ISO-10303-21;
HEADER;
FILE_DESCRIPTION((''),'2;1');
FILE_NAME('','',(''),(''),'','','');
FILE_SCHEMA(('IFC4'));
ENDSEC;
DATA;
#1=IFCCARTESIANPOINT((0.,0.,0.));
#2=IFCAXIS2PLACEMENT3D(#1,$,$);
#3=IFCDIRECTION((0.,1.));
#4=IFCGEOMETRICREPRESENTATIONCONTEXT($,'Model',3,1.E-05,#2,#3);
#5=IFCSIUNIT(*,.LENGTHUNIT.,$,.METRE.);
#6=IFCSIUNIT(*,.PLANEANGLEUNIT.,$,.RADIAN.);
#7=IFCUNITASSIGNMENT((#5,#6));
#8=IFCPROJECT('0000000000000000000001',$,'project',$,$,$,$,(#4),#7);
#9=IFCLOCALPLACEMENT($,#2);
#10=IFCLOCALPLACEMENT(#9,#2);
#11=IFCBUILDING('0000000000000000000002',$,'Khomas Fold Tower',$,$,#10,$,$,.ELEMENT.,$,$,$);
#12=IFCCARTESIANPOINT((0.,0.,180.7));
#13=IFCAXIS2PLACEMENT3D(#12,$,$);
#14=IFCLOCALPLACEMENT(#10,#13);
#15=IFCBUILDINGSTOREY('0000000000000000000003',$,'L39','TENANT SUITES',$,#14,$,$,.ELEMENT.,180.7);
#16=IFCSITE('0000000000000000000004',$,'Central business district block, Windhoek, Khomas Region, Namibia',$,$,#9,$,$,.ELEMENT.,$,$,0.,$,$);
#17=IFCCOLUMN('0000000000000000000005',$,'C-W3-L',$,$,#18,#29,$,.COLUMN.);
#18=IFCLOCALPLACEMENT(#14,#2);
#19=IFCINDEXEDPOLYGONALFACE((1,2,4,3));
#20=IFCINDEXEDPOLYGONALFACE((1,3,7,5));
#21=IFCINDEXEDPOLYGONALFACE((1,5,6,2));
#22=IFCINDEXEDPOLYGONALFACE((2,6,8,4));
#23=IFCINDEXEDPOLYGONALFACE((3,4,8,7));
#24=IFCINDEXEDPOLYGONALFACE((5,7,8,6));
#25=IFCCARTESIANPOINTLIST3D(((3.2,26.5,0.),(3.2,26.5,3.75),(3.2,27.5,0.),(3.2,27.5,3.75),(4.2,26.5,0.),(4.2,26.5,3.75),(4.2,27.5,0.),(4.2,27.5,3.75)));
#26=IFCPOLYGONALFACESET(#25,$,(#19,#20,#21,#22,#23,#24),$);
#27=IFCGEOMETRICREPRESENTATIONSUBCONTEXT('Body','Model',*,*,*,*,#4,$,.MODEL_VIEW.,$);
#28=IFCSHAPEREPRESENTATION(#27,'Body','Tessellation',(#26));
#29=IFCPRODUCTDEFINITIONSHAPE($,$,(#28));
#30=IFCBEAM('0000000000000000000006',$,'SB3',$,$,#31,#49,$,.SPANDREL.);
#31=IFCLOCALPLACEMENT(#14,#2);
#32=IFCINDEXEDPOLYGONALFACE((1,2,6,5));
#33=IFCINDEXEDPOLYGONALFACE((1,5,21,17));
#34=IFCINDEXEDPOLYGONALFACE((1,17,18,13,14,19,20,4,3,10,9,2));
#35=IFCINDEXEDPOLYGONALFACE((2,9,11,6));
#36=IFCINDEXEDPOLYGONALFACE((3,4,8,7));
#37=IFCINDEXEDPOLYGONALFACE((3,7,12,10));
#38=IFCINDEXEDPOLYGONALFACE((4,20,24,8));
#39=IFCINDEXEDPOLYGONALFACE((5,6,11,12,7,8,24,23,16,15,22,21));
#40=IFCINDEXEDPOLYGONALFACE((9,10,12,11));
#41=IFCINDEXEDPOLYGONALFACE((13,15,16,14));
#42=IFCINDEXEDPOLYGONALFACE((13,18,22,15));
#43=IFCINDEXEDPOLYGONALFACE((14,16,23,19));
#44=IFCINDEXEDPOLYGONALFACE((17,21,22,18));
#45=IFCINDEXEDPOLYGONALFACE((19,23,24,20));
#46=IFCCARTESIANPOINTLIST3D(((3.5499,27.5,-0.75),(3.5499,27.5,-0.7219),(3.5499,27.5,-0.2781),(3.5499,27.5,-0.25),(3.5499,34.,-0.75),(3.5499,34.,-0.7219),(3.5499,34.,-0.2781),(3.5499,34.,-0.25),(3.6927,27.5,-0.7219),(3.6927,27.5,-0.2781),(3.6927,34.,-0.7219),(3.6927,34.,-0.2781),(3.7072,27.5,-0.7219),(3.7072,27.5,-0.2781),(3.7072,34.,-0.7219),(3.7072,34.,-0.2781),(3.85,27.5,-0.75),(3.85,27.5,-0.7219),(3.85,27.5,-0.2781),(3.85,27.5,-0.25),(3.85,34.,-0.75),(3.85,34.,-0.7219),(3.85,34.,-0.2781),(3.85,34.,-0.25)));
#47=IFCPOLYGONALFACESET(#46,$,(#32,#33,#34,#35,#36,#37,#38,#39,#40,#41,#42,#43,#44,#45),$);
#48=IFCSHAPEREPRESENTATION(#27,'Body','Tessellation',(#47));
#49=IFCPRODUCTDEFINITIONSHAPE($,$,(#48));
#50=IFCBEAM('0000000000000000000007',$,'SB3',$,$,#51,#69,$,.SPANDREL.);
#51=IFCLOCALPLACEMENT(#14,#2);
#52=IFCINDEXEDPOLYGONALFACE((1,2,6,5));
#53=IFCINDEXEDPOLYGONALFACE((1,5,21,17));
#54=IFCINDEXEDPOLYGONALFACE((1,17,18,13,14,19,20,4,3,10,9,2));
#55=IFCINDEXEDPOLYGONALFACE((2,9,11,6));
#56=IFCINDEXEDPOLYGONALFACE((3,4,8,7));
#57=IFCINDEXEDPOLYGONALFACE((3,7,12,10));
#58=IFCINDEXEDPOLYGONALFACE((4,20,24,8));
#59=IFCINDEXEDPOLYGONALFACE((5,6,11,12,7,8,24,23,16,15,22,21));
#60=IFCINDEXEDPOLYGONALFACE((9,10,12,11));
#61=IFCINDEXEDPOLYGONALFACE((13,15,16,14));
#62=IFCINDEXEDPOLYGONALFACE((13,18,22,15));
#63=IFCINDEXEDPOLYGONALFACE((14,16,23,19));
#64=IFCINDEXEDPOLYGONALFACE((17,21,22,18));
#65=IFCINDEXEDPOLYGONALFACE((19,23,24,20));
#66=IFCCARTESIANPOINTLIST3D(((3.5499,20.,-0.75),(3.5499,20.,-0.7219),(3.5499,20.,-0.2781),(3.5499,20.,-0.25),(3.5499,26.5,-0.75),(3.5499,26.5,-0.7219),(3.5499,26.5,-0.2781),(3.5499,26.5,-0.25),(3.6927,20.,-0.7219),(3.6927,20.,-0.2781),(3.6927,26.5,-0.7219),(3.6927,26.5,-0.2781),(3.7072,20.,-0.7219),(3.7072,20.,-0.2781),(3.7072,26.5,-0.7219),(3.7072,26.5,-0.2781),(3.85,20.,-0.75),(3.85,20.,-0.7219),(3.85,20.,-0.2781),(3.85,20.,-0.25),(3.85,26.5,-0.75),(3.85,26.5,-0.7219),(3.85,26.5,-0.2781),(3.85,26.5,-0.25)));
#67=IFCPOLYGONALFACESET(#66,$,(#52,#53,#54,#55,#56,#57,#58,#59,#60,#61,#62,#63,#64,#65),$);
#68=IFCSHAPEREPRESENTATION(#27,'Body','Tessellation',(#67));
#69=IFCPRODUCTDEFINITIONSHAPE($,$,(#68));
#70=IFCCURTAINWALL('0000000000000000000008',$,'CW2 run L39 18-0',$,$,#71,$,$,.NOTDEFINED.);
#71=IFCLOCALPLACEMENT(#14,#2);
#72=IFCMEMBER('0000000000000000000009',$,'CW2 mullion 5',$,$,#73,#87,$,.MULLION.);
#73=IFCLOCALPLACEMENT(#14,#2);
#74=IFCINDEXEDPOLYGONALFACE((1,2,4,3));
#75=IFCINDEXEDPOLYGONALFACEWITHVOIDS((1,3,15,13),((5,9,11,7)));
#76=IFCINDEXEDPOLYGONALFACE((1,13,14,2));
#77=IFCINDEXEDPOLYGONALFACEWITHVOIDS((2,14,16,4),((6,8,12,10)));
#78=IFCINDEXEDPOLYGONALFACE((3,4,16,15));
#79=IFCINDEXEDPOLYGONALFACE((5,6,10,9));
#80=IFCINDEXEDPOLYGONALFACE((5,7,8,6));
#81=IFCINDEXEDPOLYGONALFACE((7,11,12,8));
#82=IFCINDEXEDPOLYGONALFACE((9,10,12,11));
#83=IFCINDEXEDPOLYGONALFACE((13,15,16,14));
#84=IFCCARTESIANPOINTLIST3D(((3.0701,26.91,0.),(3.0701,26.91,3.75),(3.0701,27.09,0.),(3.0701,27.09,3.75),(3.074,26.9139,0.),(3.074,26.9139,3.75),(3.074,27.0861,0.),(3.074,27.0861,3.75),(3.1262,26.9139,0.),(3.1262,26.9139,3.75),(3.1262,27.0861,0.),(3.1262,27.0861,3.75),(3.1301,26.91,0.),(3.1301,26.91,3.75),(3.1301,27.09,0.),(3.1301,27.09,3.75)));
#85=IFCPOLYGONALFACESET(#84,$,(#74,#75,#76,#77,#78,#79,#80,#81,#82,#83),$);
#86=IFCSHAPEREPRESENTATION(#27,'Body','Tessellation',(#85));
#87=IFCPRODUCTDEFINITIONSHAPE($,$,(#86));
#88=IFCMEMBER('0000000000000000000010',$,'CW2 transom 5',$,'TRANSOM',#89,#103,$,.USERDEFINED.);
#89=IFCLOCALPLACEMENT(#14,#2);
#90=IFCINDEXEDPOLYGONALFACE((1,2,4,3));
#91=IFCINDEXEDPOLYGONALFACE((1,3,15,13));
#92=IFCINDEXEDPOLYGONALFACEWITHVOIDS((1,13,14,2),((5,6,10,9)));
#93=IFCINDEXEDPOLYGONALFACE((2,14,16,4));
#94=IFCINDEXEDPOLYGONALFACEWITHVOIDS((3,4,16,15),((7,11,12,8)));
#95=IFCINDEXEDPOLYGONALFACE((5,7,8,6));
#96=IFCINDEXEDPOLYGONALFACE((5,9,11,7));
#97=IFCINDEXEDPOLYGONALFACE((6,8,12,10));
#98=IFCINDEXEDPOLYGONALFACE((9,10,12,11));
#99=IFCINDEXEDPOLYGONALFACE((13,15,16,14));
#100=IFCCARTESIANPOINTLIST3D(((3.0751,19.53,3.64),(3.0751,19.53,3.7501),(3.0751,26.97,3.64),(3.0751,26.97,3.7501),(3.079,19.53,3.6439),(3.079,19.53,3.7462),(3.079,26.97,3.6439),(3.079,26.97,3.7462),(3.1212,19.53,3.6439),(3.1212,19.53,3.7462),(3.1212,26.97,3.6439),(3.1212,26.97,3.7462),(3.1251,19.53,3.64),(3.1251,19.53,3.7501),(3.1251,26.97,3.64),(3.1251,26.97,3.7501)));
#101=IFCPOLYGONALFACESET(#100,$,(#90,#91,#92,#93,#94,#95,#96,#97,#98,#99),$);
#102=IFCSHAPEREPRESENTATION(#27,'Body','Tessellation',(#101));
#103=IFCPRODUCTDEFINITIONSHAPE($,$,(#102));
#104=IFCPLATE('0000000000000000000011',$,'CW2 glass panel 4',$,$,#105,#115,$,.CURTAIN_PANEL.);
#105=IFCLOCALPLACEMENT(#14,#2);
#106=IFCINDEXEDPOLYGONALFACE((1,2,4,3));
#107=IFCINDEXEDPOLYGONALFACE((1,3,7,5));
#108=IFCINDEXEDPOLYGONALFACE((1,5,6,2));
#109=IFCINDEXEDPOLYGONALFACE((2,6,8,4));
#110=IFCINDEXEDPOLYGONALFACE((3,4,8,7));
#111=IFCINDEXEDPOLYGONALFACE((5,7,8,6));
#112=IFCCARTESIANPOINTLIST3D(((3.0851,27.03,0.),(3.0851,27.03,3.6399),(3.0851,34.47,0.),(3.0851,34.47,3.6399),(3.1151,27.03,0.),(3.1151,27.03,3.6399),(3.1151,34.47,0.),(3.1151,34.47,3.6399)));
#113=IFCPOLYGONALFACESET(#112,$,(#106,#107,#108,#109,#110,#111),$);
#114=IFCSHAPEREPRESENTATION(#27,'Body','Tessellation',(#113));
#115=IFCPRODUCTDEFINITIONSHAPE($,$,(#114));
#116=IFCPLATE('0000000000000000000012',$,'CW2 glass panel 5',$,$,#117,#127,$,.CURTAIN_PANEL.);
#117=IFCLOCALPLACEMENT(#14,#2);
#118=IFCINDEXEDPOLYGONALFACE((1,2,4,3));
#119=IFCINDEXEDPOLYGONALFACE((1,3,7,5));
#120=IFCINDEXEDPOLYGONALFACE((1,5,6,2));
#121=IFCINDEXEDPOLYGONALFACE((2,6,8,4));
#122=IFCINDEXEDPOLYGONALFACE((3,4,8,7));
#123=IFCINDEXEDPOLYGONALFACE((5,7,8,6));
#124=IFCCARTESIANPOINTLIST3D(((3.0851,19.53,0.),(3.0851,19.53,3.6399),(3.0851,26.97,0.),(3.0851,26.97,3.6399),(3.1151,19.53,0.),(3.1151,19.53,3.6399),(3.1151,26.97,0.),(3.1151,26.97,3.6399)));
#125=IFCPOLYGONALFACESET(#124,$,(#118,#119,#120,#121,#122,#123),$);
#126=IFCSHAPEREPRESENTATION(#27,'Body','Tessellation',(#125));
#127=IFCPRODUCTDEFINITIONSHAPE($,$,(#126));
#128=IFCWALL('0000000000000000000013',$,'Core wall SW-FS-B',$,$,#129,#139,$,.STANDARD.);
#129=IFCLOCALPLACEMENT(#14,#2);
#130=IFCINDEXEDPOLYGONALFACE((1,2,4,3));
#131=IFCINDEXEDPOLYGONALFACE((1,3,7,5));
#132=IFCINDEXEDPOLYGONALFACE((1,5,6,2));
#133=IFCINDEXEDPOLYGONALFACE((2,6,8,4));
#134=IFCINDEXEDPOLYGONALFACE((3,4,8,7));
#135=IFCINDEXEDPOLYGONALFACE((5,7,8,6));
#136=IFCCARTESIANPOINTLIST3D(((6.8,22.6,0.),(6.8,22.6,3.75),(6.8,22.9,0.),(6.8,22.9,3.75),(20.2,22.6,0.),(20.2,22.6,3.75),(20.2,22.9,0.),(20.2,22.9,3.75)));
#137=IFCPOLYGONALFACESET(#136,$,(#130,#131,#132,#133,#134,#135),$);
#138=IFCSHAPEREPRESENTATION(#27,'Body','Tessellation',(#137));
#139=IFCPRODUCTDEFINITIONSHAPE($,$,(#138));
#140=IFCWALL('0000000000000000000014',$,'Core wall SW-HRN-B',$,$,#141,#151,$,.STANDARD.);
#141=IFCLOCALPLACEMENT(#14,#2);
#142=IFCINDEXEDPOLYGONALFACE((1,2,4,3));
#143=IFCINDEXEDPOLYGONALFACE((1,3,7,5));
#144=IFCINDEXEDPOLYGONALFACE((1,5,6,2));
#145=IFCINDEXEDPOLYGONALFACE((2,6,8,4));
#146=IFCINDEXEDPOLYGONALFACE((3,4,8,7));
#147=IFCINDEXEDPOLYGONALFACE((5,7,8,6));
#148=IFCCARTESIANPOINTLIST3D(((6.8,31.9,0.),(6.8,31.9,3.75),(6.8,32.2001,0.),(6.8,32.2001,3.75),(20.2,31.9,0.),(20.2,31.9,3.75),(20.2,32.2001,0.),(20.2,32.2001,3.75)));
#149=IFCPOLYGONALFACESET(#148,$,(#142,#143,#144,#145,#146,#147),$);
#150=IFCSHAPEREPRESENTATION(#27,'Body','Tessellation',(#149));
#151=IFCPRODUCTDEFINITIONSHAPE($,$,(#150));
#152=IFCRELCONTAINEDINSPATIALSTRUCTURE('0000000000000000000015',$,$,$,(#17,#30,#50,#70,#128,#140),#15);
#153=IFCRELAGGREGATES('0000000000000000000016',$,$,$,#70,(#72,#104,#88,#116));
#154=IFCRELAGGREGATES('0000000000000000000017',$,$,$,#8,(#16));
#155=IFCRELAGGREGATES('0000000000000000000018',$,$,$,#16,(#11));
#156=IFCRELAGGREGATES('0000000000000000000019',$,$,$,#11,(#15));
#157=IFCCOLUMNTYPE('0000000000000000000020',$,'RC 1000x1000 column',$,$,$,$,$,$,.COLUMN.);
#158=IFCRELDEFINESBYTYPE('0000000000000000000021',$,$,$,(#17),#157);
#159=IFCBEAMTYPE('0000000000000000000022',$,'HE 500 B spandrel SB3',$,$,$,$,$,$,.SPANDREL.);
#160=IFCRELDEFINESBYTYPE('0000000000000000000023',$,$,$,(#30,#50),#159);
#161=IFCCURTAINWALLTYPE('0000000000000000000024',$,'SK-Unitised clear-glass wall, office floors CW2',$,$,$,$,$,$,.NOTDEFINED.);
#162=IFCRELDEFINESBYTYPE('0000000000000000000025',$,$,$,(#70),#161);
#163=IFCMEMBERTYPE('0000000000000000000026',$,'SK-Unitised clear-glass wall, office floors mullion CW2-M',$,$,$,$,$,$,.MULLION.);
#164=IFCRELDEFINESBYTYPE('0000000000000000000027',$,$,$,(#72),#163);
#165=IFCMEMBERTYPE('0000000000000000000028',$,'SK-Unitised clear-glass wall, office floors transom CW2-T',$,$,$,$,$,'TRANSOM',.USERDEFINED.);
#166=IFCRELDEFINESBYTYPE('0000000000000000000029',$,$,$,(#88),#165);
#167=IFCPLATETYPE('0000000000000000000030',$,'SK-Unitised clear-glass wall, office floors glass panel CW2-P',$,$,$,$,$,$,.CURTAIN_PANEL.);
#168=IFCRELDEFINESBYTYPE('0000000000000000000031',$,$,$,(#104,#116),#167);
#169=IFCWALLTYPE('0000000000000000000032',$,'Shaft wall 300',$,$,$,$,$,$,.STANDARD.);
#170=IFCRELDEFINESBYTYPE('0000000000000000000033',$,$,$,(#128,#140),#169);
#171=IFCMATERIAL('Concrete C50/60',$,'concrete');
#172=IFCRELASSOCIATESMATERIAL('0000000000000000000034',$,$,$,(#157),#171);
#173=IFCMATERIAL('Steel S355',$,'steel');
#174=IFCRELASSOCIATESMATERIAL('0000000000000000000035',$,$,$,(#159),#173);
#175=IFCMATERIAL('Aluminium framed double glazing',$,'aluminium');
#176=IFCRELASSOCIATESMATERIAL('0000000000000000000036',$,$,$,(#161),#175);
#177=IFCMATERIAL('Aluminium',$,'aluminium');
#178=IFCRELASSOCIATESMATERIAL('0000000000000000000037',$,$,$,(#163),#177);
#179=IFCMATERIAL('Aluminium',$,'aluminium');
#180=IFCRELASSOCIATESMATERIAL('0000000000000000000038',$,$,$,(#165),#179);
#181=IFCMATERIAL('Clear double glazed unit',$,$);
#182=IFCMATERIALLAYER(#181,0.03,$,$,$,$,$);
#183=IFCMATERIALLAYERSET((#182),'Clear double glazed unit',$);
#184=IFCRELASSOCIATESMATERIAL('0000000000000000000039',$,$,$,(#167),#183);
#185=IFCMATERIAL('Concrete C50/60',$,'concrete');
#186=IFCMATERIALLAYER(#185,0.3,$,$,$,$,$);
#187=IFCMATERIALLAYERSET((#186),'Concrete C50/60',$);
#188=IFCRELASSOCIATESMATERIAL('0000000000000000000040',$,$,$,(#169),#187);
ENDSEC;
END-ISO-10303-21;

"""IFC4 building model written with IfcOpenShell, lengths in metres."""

from ifc_helpers import new_model, si_unit, direction, frame, frame_2d, origin, origin_2d, place, context, subcontext, project, spatial, rectangle, hollow_rectangle, i_section, extrude, source, transform, mapped, material, layer, layer_set, material_profile, profile_set, type_object, element, aggregate, save


model = new_model("IFC4")

# Units and contexts
model_context = context("Model", 3, precision=1e-05, world=origin(), true_north=direction((0.0, 1.0)))
body_context = subcontext(model_context, "Body", "Model", "MODEL_VIEW")
ifc_project = project(units=[si_unit("LENGTHUNIT", "METRE"), si_unit("PLANEANGLEUNIT", "RADIAN")], contexts=[model_context])

# Site, building, storey
site_placement = place(None, origin())
site = spatial("IfcSite", under=ifc_project, at=site_placement, Name="Central business district block, Windhoek, Khomas Region, Namibia", CompositionType="ELEMENT", RefElevation=0.0)
building_placement = place(site_placement, origin())
building = spatial("IfcBuilding", under=site, at=building_placement, Name="Khomas Fold Tower", CompositionType="ELEMENT")
storey_placement = place(building_placement, frame((0.0, 0.0, 180.7)))
storey = spatial("IfcBuildingStorey", under=building, at=storey_placement, Name="L39", Description="TENANT SUITES", CompositionType="ELEMENT", Elevation=180.7)

# Column
ifc_material_1 = material(Name="Concrete C50/60", Category="concrete")
ifc_material_profile_1 = material_profile(ifc_material_1, rectangle(XDim=1.0, YDim=1.0, at=origin_2d()), Name="RC 1000x1000")
ifc_profile_set_1 = profile_set([ifc_material_profile_1], Name="Concrete C50/60")
column_type = type_object("IfcColumnType", Name="RC 1000x1000 column", PredefinedType="COLUMN", material=ifc_profile_set_1)
shared_shape_1 = source(origin(), body_context, "Body", "SweptSolid", [
    extrude(rectangle(XDim=1.0, YDim=1.0, at=origin_2d()), origin(), (0.0, 0.0, 1.0), 3.75),
])
column_placement = place(storey_placement, frame((3.7, 27.0, 0.0), z_axis=(0.0, 0.0, 1.0), x_axis=(1.0, 0.0, 0.0)))
element("IfcColumn", 1, at=column_placement, inside=storey, type_object=column_type, Name="C-W3-L", PredefinedType="COLUMN", context=body_context, shape_type="MappedRepresentation", body=[
    mapped(shared_shape_1, transform((0.0, 0.0, 0.0))),
])

# Beams
ifc_material_2 = material(Name="Steel S355", Category="steel")
ifc_material_profile_2 = material_profile(ifc_material_2, i_section(OverallWidth=0.3, OverallDepth=0.5, WebThickness=0.0144, FlangeThickness=0.0281, at=origin_2d()), Name="HE 500 B")
ifc_profile_set_2 = profile_set([ifc_material_profile_2], Name="Steel S355")
beam_type = type_object("IfcBeamType", Name="HE 500 B spandrel SB3", PredefinedType="SPANDREL", material=ifc_profile_set_2)
shared_shape_2 = source(origin(), body_context, "Body", "SweptSolid", [
    extrude(i_section(OverallWidth=0.3, OverallDepth=0.5, WebThickness=0.0144, FlangeThickness=0.0281, at=origin_2d()), origin(), (0.0, 0.0, 1.0), 6.5),
])
for number, where, z_axis, x_axis, name in (
    (2, (3.7, 27.5, -0.5), (0.0, 1.0, 0.0), (-1.0, 0.0, 0.0), "SB3"),
    (3, (3.7, 20.0, -0.5), (0.0, 1.0, 0.0), (-1.0, 0.0, 0.0), "SB3"),
):
    element("IfcBeam", number, at=place(storey_placement, frame(where, z_axis=z_axis, x_axis=x_axis)), inside=storey, type_object=beam_type, Name=name, PredefinedType="SPANDREL", context=body_context, shape_type="MappedRepresentation", body=[
        mapped(shared_shape_2, transform((0.0, 0.0, 0.0))),
    ])

# Curtain wall, members, plates
ifc_material_3 = material(Name="Aluminium framed double glazing", Category="aluminium")
curtain_wall_type = type_object("IfcCurtainWallType", Name="SK-Unitised clear-glass wall, office floors CW2", PredefinedType="NOTDEFINED", material=ifc_material_3)
curtain_wall_placement = place(storey_placement, origin())
curtain_wall = element("IfcCurtainWall", 4, at=curtain_wall_placement, inside=storey, type_object=curtain_wall_type, Name="CW2 run L39 18-0", PredefinedType="NOTDEFINED")
ifc_material_4 = material(Name="Aluminium", Category="aluminium")
ifc_material_profile_3 = material_profile(ifc_material_4, hollow_rectangle(XDim=0.0601, YDim=0.1799, WallThickness=0.0039, at=origin_2d()), Name="SK-Unitised clear-glass wall, office floors mullion CW2-M")
ifc_profile_set_3 = profile_set([ifc_material_profile_3], Name="Aluminium")
member_type_1 = type_object("IfcMemberType", Name="SK-Unitised clear-glass wall, office floors mullion CW2-M", PredefinedType="MULLION", material=ifc_profile_set_3)
shared_shape_3 = source(origin(), body_context, "Body", "SweptSolid", [
    extrude(hollow_rectangle(XDim=0.0601, YDim=0.1799, WallThickness=0.0039, at=origin_2d()), origin(), (0.0, 0.0, 1.0), 3.75),
])
member_1_placement = place(storey_placement, frame((3.1001, 27.0, 0.0), z_axis=(0.0, 0.0, 1.0), x_axis=(1.0, 0.0, 0.0)))
member_1 = element("IfcMember", 5, at=member_1_placement, type_object=member_type_1, Name="CW2 mullion 5", PredefinedType="MULLION", context=body_context, shape_type="MappedRepresentation", body=[
    mapped(shared_shape_3, transform((0.0, 0.0, 0.0))),
])
ifc_material_5 = material(Name="Aluminium", Category="aluminium")
ifc_material_profile_4 = material_profile(ifc_material_5, hollow_rectangle(XDim=0.05, YDim=0.1101, WallThickness=0.0039, at=origin_2d()), Name="SK-Unitised clear-glass wall, office floors transom CW2-T")
ifc_profile_set_4 = profile_set([ifc_material_profile_4], Name="Aluminium")
member_type_2 = type_object("IfcMemberType", Name="SK-Unitised clear-glass wall, office floors transom CW2-T", ElementType="TRANSOM", PredefinedType="USERDEFINED", material=ifc_profile_set_4)
shared_shape_4 = source(origin(), body_context, "Body", "SweptSolid", [
    extrude(hollow_rectangle(XDim=0.05, YDim=0.1101, WallThickness=0.0039, at=origin_2d()), origin(), (0.0, 0.0, 1.0), 7.4399),
])
member_2_placement = place(storey_placement, frame((3.1001, 26.97, 3.6951), z_axis=(0.0, -1.0, 0.0), x_axis=(1.0, 0.0, 0.0)))
member_2 = element("IfcMember", 6, at=member_2_placement, type_object=member_type_2, Name="CW2 transom 5", ObjectType="TRANSOM", PredefinedType="USERDEFINED", context=body_context, shape_type="MappedRepresentation", body=[
    mapped(shared_shape_4, transform((0.0, 0.0, 0.0))),
])
ifc_material_6 = material(Name="Clear double glazed unit")
ifc_layer_1 = layer(ifc_material_6, 0.03)
ifc_layer_set_1 = layer_set([ifc_layer_1], Name="Clear double glazed unit")
plate_type = type_object("IfcPlateType", Name="SK-Unitised clear-glass wall, office floors glass panel CW2-P", PredefinedType="CURTAIN_PANEL", material=ifc_layer_set_1)
shared_shape_5 = source(origin(), body_context, "Body", "SweptSolid", [
    extrude(rectangle(XDim=7.4399, YDim=0.03, at=origin_2d()), origin(), (0.0, 0.0, 1.0), 3.6399),
])
plate_1_placement = place(storey_placement, frame((3.1001, 30.75, 0.0), z_axis=(0.0, 0.0, 1.0), x_axis=(0.0, -1.0, 0.0)))
plate_1 = element("IfcPlate", 7, at=plate_1_placement, type_object=plate_type, Name="CW2 glass panel 4", PredefinedType="CURTAIN_PANEL", context=body_context, shape_type="MappedRepresentation", body=[
    mapped(shared_shape_5, transform((0.0, 0.0, 0.0))),
])
plate_2_placement = place(storey_placement, frame((3.1001, 23.25, 0.0), z_axis=(0.0, 0.0, 1.0), x_axis=(0.0, -1.0, 0.0)))
plate_2 = element("IfcPlate", 8, at=plate_2_placement, type_object=plate_type, Name="CW2 glass panel 5", PredefinedType="CURTAIN_PANEL", context=body_context, shape_type="MappedRepresentation", body=[
    mapped(shared_shape_5, transform((0.0, 0.0, 0.0))),
])
aggregate(curtain_wall, [member_1, plate_1, member_2, plate_2])

# Walls
ifc_material_7 = material(Name="Concrete C50/60", Category="concrete")
ifc_layer_2 = layer(ifc_material_7, 0.3)
ifc_layer_set_2 = layer_set([ifc_layer_2], Name="Concrete C50/60")
wall_type_1 = type_object("IfcWallType", Name="Shaft wall 300", PredefinedType="STANDARD", material=ifc_layer_set_2)
shared_shape_6 = source(origin(), body_context, "Body", "SweptSolid", [
    extrude(rectangle(XDim=13.3999, YDim=0.3, at=frame_2d((6.7, 0.0))), origin(), (0.0, 0.0, 1.0), 3.75),
])
for number, where, z_axis, x_axis, name in (
    (9, (6.8, 22.75, 0.0), (0.0, 0.0, 1.0), (1.0, 0.0, 0.0), "Core wall SW-FS-B"),
    (10, (6.8, 32.05, 0.0), (0.0, 0.0, 1.0), (1.0, 0.0, 0.0), "Core wall SW-HRN-B"),
):
    element("IfcWall", number, at=place(storey_placement, frame(where, z_axis=z_axis, x_axis=x_axis)), inside=storey, type_object=wall_type_1, Name=name, PredefinedType="STANDARD", context=body_context, shape_type="MappedRepresentation", body=[
        mapped(shared_shape_6, transform((0.0, 0.0, 0.0))),
    ])

save(model, "model.ifc")
